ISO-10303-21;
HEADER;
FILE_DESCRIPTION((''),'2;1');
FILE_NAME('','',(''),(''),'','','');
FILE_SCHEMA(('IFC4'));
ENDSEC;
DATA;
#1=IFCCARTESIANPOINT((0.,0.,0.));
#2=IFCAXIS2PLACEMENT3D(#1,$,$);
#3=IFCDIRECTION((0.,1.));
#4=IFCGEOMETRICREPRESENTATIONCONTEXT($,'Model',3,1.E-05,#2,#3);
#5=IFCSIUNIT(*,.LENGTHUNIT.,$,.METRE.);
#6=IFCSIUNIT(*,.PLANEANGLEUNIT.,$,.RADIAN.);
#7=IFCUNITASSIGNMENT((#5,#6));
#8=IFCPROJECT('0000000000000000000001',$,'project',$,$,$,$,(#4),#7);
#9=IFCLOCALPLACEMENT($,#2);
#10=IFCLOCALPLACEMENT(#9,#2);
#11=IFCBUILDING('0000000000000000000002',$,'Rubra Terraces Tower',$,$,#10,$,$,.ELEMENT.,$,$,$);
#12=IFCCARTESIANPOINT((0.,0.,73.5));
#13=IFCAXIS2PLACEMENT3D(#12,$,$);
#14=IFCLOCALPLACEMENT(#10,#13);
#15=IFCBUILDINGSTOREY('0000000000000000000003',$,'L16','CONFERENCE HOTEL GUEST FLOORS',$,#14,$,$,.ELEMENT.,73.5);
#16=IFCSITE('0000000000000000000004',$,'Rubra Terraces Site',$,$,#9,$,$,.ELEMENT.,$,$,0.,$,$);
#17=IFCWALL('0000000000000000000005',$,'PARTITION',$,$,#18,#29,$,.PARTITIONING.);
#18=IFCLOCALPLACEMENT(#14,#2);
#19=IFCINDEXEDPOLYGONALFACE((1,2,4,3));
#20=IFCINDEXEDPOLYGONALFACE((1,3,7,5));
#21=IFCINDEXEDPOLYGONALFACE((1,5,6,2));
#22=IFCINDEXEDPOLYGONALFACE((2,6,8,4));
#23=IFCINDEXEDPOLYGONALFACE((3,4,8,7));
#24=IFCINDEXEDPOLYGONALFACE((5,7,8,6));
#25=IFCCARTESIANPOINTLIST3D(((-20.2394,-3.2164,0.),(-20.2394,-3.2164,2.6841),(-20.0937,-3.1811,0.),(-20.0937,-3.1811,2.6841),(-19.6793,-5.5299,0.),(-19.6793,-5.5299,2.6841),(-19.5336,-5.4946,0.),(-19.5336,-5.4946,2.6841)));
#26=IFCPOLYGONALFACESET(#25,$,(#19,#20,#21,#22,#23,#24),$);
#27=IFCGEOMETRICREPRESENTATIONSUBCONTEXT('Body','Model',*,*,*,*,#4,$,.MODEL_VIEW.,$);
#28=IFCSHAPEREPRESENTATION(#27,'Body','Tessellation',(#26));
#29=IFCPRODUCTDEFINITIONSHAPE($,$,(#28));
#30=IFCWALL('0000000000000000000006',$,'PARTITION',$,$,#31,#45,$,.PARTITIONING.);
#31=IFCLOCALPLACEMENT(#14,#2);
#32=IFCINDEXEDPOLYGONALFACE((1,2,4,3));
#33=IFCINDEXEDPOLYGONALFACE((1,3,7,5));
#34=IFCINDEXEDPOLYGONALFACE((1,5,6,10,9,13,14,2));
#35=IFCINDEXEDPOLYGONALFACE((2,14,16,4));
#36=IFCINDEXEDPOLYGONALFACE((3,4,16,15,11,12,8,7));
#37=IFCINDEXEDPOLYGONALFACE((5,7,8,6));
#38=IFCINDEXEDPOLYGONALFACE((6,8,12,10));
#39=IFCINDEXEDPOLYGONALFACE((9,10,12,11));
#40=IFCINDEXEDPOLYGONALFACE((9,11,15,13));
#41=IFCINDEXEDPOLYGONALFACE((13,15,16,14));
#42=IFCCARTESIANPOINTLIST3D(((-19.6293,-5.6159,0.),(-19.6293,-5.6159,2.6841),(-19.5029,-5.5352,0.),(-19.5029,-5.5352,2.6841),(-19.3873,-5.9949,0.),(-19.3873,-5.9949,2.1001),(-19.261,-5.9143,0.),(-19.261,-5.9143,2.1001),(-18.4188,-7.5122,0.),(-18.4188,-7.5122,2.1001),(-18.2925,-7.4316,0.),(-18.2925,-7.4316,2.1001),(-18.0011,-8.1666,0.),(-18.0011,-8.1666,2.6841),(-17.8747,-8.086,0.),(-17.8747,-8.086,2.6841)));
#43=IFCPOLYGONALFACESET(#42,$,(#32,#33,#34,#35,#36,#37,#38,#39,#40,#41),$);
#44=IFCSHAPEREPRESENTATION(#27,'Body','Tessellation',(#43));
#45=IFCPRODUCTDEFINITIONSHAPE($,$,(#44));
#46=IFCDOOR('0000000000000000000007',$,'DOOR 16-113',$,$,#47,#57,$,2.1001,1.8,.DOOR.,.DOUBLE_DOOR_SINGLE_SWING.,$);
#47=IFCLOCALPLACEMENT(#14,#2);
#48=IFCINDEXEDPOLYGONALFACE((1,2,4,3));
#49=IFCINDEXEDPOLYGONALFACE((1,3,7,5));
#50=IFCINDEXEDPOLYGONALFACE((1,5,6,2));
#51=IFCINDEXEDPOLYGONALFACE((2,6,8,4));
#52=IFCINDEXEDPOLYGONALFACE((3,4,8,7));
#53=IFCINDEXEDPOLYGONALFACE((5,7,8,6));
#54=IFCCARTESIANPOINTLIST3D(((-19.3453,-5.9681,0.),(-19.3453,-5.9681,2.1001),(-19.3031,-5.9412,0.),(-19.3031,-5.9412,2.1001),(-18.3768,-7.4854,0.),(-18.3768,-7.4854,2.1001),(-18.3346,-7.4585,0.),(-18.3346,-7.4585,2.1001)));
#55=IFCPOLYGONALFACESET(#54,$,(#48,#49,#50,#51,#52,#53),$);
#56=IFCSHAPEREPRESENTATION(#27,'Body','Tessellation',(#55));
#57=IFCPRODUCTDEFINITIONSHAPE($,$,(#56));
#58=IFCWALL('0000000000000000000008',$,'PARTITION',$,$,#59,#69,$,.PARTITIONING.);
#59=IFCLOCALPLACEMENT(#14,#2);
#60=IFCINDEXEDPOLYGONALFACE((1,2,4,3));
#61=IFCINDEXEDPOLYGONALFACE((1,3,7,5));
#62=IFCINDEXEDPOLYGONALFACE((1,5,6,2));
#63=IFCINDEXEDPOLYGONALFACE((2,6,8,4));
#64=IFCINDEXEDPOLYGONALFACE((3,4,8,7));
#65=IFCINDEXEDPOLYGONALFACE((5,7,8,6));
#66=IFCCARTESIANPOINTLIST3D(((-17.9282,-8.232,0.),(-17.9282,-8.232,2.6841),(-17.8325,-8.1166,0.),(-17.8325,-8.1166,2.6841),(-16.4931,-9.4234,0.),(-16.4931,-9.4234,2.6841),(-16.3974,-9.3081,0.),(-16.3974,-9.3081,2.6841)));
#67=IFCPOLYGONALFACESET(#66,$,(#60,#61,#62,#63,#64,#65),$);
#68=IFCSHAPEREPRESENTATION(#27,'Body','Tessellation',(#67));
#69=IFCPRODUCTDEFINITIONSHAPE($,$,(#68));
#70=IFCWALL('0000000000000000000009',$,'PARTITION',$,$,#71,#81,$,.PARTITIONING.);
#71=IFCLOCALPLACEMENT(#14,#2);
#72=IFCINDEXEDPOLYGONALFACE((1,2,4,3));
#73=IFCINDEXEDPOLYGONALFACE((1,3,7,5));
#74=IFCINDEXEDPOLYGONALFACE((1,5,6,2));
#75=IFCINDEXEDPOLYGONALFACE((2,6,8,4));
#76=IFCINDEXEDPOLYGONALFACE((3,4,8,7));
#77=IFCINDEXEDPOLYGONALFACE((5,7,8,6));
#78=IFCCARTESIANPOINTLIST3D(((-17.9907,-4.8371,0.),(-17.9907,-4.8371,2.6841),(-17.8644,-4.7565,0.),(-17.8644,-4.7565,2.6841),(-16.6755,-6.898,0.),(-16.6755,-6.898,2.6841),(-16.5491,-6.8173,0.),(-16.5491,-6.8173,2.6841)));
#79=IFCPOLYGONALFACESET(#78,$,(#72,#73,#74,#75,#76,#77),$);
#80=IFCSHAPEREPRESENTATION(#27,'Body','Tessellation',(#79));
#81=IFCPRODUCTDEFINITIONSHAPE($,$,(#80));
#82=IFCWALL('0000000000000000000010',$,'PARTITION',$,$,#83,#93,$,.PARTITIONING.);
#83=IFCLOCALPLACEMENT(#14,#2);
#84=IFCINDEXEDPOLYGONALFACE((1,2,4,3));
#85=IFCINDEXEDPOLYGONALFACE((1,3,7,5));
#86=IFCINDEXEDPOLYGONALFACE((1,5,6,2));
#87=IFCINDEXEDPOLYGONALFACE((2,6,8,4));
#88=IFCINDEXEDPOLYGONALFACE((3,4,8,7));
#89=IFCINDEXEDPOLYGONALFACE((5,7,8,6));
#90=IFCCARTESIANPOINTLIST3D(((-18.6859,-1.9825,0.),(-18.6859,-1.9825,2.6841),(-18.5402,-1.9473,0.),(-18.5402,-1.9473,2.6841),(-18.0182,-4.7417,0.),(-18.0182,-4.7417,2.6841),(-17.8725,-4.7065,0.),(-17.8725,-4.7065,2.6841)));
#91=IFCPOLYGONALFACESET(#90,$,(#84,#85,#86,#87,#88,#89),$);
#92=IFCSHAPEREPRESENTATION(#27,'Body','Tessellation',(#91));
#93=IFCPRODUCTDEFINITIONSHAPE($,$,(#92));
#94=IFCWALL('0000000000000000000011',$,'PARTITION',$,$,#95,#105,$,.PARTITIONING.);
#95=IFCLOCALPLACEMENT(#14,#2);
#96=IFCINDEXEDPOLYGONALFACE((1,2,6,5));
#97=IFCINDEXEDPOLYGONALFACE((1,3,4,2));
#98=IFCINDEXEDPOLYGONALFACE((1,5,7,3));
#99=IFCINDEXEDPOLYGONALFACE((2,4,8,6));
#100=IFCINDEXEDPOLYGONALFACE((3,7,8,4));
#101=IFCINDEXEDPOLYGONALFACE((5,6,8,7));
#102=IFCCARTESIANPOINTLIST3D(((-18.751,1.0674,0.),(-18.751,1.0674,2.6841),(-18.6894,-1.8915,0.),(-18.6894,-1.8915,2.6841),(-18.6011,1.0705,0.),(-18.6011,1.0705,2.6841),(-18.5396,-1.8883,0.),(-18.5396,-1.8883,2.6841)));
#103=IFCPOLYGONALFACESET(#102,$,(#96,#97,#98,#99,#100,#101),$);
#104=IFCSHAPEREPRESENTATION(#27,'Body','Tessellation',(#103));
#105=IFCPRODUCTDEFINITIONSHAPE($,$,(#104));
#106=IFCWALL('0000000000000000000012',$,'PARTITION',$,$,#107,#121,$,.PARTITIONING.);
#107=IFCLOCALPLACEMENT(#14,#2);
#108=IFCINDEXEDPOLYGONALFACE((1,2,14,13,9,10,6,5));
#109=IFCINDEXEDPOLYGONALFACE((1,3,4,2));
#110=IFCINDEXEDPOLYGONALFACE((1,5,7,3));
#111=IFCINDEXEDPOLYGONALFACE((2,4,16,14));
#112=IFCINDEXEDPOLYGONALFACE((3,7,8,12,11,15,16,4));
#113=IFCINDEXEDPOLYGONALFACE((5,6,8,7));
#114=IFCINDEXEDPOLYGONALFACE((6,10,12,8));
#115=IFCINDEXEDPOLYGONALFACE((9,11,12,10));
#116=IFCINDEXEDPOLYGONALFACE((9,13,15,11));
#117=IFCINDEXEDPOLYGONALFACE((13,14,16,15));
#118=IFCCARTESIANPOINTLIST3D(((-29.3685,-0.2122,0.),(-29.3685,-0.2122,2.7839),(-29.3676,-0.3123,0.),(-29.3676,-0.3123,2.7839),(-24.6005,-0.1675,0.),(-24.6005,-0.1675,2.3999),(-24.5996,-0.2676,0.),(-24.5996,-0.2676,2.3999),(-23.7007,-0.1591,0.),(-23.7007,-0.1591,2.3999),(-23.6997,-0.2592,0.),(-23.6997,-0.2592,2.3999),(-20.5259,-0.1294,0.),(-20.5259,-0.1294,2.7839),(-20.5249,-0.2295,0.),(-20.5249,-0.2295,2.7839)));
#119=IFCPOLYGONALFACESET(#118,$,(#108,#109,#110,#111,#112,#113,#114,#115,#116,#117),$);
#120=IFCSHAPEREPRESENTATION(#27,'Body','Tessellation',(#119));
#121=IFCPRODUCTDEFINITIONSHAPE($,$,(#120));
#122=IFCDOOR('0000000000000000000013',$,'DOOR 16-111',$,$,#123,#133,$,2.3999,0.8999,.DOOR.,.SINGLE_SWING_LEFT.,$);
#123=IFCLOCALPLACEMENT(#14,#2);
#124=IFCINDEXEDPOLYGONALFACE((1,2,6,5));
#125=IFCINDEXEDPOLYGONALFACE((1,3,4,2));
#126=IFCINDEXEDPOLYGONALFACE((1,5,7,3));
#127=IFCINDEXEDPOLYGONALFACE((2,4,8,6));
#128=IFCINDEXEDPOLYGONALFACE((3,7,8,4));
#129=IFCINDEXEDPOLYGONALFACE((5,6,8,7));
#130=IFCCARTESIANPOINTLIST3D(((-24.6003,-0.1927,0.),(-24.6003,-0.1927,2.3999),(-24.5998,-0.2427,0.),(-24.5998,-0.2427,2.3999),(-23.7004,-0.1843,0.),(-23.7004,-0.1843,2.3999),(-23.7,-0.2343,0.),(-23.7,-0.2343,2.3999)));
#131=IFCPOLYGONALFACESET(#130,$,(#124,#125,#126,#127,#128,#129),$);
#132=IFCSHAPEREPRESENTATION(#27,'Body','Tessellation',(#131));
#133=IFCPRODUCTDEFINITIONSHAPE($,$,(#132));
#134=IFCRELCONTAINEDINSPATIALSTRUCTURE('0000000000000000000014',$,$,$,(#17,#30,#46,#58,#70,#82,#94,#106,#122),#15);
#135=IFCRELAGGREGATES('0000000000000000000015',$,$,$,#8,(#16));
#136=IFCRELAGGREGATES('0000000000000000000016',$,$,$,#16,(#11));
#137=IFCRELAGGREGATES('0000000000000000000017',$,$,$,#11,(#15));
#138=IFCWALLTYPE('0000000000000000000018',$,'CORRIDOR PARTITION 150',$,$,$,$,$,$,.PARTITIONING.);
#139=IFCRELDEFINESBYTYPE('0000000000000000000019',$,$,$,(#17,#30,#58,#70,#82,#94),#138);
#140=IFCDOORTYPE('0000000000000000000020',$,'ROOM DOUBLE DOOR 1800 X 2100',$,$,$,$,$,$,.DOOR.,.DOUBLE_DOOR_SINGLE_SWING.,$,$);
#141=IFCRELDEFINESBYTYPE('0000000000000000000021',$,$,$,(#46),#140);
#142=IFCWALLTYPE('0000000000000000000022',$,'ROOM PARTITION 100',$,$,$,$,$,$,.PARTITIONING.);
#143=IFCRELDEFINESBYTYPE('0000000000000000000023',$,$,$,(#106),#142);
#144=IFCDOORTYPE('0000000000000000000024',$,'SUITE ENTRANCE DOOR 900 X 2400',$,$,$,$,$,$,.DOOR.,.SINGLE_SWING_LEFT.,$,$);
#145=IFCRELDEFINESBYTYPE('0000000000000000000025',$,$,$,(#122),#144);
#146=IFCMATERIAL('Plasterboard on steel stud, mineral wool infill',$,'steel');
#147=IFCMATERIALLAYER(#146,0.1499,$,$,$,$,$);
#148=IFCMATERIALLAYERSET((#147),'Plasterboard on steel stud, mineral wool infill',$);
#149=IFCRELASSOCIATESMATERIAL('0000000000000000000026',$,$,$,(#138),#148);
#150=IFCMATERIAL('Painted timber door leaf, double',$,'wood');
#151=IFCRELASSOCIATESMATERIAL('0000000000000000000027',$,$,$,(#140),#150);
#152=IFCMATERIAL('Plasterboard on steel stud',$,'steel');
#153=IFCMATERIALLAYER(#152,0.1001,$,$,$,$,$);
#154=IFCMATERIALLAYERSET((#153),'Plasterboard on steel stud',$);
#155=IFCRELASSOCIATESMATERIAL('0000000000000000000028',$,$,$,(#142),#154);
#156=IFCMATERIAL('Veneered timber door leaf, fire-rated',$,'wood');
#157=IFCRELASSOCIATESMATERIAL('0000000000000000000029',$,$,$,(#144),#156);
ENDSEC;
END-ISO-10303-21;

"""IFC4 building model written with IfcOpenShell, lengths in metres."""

from ifc_helpers import new_model, si_unit, direction, frame, frame_2d, origin, place, context, subcontext, project, spatial, rectangle, extrude, material, layer, layer_set, type_object, element, fill, save


model = new_model("IFC4")

# Units and contexts
model_context = context("Model", 3, precision=1e-05, world=origin(), true_north=direction((0.0, 1.0)))
body_context = subcontext(model_context, "Body", "Model", "MODEL_VIEW")
ifc_project = project(units=[si_unit("LENGTHUNIT", "METRE"), si_unit("PLANEANGLEUNIT", "RADIAN")], contexts=[model_context])

# Site, building, storey
site_placement = place(None, origin())
site = spatial("IfcSite", under=ifc_project, at=site_placement, Name="Rubra Terraces Site", CompositionType="ELEMENT", RefElevation=0.0)
building_placement = place(site_placement, origin())
building = spatial("IfcBuilding", under=site, at=building_placement, Name="Rubra Terraces Tower", CompositionType="ELEMENT")
storey_placement = place(building_placement, frame((0.0, 0.0, 73.5)))
storey = spatial("IfcBuildingStorey", under=building, at=storey_placement, Name="L16", Description="CONFERENCE HOTEL GUEST FLOORS", CompositionType="ELEMENT", Elevation=73.5)

# Shared definitions
ifc_material_1 = material(Name="Plasterboard on steel stud, mineral wool infill", Category="steel")
ifc_layer_1 = layer(ifc_material_1, 0.1499)
ifc_layer_set_1 = layer_set([ifc_layer_1], Name="Plasterboard on steel stud, mineral wool infill")
wall_type_1 = type_object("IfcWallType", Name="CORRIDOR PARTITION 150", PredefinedType="PARTITIONING", material=ifc_layer_set_1)

# Wall
wall_1_placement = place(storey_placement, frame((-20.1665, -3.1987, 0.0), z_axis=(0.0, 0.0, 1.0), x_axis=(0.235289, -0.971925, 0.0)))
element("IfcWall", 1, at=wall_1_placement, inside=storey, type_object=wall_type_1, Name="PARTITION", PredefinedType="PARTITIONING", context=body_context, shape_type="SweptSolid", body=[
    extrude(rectangle(XDim=2.3804, YDim=0.1499, at=frame_2d((1.1902, 0.0))), origin(), (0.0, 0.0, 1.0), 2.6841),
])

# Wall, opening, door
wall_2_placement = place(storey_placement, frame((-19.5662, -5.5754, 0.0), z_axis=(0.0, 0.0, 1.0), x_axis=(0.538039, -0.84292, 0.0)))
wall_2 = element("IfcWall", 2, at=wall_2_placement, inside=storey, type_object=wall_type_1, Name="PARTITION", PredefinedType="PARTITIONING", context=body_context, shape_type="SweptSolid", body=[
    extrude(rectangle(XDim=3.0261, YDim=0.1499, at=frame_2d((1.5132, 0.0))), origin(), (0.0, 0.0, 1.0), 2.6841),
])
opening_1_placement = place(wall_2_placement, frame((0.45, 0.0, 0.0)))
opening_1 = element("IfcOpeningElement", 3, at=opening_1_placement, cuts=wall_2, PredefinedType="OPENING", context=body_context, shape_type="SweptSolid", body=[
    extrude(rectangle(XDim=1.8, YDim=2.1001, at=frame_2d((0.8999, 1.05))), frame((0.0, 0.085, 0.0), z_axis=(0.0, -1.0, 0.0), x_axis=(1.0, 0.0, 0.0)), (0.0, 0.0, 1.0), 0.1699),
])
ifc_material_2 = material(Name="Painted timber door leaf, double", Category="wood")
door_type_1 = type_object("IfcDoorType", Name="ROOM DOUBLE DOOR 1800 X 2100", OperationType="DOUBLE_DOOR_SINGLE_SWING", PredefinedType="DOOR", material=ifc_material_2)
door_1_placement = place(opening_1_placement, origin())
door_1 = element("IfcDoor", 4, at=door_1_placement, inside=storey, type_object=door_type_1, Name="DOOR 16-113", OperationType="DOUBLE_DOOR_SINGLE_SWING", OverallHeight=2.1001, OverallWidth=1.8, PredefinedType="DOOR", context=body_context, shape_type="SweptSolid", body=[
    extrude(rectangle(XDim=1.8, YDim=2.1001, at=frame_2d((0.8999, 1.05))), frame((0.0, 0.0249, 0.0), z_axis=(0.0, -1.0, 0.0), x_axis=(1.0, 0.0, 0.0)), (0.0, 0.0, 1.0), 0.05),
])
fill(opening_1, door_1)

# Walls
wall_3_placement = place(storey_placement, frame((-17.8804, -8.1743, 0.0), z_axis=(0.0, 0.0, 1.0), x_axis=(0.7694, -0.638767, 0.0)))
element("IfcWall", 5, at=wall_3_placement, inside=storey, type_object=wall_type_1, Name="PARTITION", PredefinedType="PARTITIONING", context=body_context, shape_type="SweptSolid", body=[
    extrude(rectangle(XDim=1.8652, YDim=0.1499, at=frame_2d((0.9326, 0.0))), origin(), (0.0, 0.0, 1.0), 2.6841),
])
wall_4_placement = place(storey_placement, frame((-16.6123, -6.8577, 0.0), z_axis=(0.0, 0.0, 1.0), x_axis=(-0.537974, 0.842962, 0.0)))
element("IfcWall", 6, at=wall_4_placement, inside=storey, type_object=wall_type_1, Name="PARTITION", PredefinedType="PARTITIONING", context=body_context, shape_type="SweptSolid", body=[
    extrude(rectangle(XDim=2.4448, YDim=0.1499, at=frame_2d((1.2224, 0.0))), origin(), (0.0, 0.0, 1.0), 2.6841),
])
wall_5_placement = place(storey_placement, frame((-17.9453, -4.7241, 0.0), z_axis=(0.0, 0.0, 1.0), x_axis=(-0.235204, 0.971946, 0.0)))
element("IfcWall", 7, at=wall_5_placement, inside=storey, type_object=wall_type_1, Name="PARTITION", PredefinedType="PARTITIONING", context=body_context, shape_type="SweptSolid", body=[
    extrude(rectangle(XDim=2.8389, YDim=0.1499, at=frame_2d((1.4194, 0.0))), origin(), (0.0, 0.0, 1.0), 2.6841),
])
wall_6_placement = place(storey_placement, frame((-18.6145, -1.8899, 0.0), z_axis=(0.0, 0.0, 1.0), x_axis=(-0.020789, 0.999784, 0.0)))
element("IfcWall", 8, at=wall_6_placement, inside=storey, type_object=wall_type_1, Name="PARTITION", PredefinedType="PARTITIONING", context=body_context, shape_type="SweptSolid", body=[
    extrude(rectangle(XDim=2.9595, YDim=0.1499, at=frame_2d((1.4797, 0.0))), origin(), (0.0, 0.0, 1.0), 2.6841),
])

# Wall, opening, door
ifc_material_3 = material(Name="Plasterboard on steel stud", Category="steel")
ifc_layer_2 = layer(ifc_material_3, 0.1001)
ifc_layer_set_2 = layer_set([ifc_layer_2], Name="Plasterboard on steel stud")
wall_type_2 = type_object("IfcWallType", Name="ROOM PARTITION 100", PredefinedType="PARTITIONING", material=ifc_layer_set_2)
wall_7_placement = place(storey_placement, frame((-29.3679, -0.2622, 0.0), z_axis=(0.0, 0.0, 1.0), x_axis=(0.999956, 0.009359, 0.0)))
wall_7 = element("IfcWall", 9, at=wall_7_placement, inside=storey, type_object=wall_type_2, Name="PARTITION", PredefinedType="PARTITIONING", context=body_context, shape_type="SweptSolid", body=[
    extrude(rectangle(XDim=8.843, YDim=0.1001, at=frame_2d((4.4214, 0.0))), origin(), (0.0, 0.0, 1.0), 2.7839),
])
opening_2_placement = place(wall_7_placement, frame((4.7681, 0.0, 0.0)))
opening_2 = element("IfcOpeningElement", 10, at=opening_2_placement, cuts=wall_7, PredefinedType="OPENING", context=body_context, shape_type="SweptSolid", body=[
    extrude(rectangle(XDim=0.8999, YDim=2.3999, at=frame_2d((0.45, 1.2))), frame((0.0, 0.0601, 0.0), z_axis=(0.0, -1.0, 0.0), x_axis=(1.0, 0.0, 0.0)), (0.0, 0.0, 1.0), 0.1201),
])
ifc_material_4 = material(Name="Veneered timber door leaf, fire-rated", Category="wood")
door_type_2 = type_object("IfcDoorType", Name="SUITE ENTRANCE DOOR 900 X 2400", OperationType="SINGLE_SWING_LEFT", PredefinedType="DOOR", material=ifc_material_4)
door_2_placement = place(opening_2_placement, origin())
door_2 = element("IfcDoor", 11, at=door_2_placement, inside=storey, type_object=door_type_2, Name="DOOR 16-111", OperationType="SINGLE_SWING_LEFT", OverallHeight=2.3999, OverallWidth=0.8999, PredefinedType="DOOR", context=body_context, shape_type="SweptSolid", body=[
    extrude(rectangle(XDim=0.8999, YDim=2.3999, at=frame_2d((0.45, 1.2))), frame((0.0, 0.0249, 0.0), z_axis=(0.0, -1.0, 0.0), x_axis=(1.0, 0.0, 0.0)), (0.0, 0.0, 1.0), 0.05),
])
fill(opening_2, door_2)

save(model, "model.ifc")
